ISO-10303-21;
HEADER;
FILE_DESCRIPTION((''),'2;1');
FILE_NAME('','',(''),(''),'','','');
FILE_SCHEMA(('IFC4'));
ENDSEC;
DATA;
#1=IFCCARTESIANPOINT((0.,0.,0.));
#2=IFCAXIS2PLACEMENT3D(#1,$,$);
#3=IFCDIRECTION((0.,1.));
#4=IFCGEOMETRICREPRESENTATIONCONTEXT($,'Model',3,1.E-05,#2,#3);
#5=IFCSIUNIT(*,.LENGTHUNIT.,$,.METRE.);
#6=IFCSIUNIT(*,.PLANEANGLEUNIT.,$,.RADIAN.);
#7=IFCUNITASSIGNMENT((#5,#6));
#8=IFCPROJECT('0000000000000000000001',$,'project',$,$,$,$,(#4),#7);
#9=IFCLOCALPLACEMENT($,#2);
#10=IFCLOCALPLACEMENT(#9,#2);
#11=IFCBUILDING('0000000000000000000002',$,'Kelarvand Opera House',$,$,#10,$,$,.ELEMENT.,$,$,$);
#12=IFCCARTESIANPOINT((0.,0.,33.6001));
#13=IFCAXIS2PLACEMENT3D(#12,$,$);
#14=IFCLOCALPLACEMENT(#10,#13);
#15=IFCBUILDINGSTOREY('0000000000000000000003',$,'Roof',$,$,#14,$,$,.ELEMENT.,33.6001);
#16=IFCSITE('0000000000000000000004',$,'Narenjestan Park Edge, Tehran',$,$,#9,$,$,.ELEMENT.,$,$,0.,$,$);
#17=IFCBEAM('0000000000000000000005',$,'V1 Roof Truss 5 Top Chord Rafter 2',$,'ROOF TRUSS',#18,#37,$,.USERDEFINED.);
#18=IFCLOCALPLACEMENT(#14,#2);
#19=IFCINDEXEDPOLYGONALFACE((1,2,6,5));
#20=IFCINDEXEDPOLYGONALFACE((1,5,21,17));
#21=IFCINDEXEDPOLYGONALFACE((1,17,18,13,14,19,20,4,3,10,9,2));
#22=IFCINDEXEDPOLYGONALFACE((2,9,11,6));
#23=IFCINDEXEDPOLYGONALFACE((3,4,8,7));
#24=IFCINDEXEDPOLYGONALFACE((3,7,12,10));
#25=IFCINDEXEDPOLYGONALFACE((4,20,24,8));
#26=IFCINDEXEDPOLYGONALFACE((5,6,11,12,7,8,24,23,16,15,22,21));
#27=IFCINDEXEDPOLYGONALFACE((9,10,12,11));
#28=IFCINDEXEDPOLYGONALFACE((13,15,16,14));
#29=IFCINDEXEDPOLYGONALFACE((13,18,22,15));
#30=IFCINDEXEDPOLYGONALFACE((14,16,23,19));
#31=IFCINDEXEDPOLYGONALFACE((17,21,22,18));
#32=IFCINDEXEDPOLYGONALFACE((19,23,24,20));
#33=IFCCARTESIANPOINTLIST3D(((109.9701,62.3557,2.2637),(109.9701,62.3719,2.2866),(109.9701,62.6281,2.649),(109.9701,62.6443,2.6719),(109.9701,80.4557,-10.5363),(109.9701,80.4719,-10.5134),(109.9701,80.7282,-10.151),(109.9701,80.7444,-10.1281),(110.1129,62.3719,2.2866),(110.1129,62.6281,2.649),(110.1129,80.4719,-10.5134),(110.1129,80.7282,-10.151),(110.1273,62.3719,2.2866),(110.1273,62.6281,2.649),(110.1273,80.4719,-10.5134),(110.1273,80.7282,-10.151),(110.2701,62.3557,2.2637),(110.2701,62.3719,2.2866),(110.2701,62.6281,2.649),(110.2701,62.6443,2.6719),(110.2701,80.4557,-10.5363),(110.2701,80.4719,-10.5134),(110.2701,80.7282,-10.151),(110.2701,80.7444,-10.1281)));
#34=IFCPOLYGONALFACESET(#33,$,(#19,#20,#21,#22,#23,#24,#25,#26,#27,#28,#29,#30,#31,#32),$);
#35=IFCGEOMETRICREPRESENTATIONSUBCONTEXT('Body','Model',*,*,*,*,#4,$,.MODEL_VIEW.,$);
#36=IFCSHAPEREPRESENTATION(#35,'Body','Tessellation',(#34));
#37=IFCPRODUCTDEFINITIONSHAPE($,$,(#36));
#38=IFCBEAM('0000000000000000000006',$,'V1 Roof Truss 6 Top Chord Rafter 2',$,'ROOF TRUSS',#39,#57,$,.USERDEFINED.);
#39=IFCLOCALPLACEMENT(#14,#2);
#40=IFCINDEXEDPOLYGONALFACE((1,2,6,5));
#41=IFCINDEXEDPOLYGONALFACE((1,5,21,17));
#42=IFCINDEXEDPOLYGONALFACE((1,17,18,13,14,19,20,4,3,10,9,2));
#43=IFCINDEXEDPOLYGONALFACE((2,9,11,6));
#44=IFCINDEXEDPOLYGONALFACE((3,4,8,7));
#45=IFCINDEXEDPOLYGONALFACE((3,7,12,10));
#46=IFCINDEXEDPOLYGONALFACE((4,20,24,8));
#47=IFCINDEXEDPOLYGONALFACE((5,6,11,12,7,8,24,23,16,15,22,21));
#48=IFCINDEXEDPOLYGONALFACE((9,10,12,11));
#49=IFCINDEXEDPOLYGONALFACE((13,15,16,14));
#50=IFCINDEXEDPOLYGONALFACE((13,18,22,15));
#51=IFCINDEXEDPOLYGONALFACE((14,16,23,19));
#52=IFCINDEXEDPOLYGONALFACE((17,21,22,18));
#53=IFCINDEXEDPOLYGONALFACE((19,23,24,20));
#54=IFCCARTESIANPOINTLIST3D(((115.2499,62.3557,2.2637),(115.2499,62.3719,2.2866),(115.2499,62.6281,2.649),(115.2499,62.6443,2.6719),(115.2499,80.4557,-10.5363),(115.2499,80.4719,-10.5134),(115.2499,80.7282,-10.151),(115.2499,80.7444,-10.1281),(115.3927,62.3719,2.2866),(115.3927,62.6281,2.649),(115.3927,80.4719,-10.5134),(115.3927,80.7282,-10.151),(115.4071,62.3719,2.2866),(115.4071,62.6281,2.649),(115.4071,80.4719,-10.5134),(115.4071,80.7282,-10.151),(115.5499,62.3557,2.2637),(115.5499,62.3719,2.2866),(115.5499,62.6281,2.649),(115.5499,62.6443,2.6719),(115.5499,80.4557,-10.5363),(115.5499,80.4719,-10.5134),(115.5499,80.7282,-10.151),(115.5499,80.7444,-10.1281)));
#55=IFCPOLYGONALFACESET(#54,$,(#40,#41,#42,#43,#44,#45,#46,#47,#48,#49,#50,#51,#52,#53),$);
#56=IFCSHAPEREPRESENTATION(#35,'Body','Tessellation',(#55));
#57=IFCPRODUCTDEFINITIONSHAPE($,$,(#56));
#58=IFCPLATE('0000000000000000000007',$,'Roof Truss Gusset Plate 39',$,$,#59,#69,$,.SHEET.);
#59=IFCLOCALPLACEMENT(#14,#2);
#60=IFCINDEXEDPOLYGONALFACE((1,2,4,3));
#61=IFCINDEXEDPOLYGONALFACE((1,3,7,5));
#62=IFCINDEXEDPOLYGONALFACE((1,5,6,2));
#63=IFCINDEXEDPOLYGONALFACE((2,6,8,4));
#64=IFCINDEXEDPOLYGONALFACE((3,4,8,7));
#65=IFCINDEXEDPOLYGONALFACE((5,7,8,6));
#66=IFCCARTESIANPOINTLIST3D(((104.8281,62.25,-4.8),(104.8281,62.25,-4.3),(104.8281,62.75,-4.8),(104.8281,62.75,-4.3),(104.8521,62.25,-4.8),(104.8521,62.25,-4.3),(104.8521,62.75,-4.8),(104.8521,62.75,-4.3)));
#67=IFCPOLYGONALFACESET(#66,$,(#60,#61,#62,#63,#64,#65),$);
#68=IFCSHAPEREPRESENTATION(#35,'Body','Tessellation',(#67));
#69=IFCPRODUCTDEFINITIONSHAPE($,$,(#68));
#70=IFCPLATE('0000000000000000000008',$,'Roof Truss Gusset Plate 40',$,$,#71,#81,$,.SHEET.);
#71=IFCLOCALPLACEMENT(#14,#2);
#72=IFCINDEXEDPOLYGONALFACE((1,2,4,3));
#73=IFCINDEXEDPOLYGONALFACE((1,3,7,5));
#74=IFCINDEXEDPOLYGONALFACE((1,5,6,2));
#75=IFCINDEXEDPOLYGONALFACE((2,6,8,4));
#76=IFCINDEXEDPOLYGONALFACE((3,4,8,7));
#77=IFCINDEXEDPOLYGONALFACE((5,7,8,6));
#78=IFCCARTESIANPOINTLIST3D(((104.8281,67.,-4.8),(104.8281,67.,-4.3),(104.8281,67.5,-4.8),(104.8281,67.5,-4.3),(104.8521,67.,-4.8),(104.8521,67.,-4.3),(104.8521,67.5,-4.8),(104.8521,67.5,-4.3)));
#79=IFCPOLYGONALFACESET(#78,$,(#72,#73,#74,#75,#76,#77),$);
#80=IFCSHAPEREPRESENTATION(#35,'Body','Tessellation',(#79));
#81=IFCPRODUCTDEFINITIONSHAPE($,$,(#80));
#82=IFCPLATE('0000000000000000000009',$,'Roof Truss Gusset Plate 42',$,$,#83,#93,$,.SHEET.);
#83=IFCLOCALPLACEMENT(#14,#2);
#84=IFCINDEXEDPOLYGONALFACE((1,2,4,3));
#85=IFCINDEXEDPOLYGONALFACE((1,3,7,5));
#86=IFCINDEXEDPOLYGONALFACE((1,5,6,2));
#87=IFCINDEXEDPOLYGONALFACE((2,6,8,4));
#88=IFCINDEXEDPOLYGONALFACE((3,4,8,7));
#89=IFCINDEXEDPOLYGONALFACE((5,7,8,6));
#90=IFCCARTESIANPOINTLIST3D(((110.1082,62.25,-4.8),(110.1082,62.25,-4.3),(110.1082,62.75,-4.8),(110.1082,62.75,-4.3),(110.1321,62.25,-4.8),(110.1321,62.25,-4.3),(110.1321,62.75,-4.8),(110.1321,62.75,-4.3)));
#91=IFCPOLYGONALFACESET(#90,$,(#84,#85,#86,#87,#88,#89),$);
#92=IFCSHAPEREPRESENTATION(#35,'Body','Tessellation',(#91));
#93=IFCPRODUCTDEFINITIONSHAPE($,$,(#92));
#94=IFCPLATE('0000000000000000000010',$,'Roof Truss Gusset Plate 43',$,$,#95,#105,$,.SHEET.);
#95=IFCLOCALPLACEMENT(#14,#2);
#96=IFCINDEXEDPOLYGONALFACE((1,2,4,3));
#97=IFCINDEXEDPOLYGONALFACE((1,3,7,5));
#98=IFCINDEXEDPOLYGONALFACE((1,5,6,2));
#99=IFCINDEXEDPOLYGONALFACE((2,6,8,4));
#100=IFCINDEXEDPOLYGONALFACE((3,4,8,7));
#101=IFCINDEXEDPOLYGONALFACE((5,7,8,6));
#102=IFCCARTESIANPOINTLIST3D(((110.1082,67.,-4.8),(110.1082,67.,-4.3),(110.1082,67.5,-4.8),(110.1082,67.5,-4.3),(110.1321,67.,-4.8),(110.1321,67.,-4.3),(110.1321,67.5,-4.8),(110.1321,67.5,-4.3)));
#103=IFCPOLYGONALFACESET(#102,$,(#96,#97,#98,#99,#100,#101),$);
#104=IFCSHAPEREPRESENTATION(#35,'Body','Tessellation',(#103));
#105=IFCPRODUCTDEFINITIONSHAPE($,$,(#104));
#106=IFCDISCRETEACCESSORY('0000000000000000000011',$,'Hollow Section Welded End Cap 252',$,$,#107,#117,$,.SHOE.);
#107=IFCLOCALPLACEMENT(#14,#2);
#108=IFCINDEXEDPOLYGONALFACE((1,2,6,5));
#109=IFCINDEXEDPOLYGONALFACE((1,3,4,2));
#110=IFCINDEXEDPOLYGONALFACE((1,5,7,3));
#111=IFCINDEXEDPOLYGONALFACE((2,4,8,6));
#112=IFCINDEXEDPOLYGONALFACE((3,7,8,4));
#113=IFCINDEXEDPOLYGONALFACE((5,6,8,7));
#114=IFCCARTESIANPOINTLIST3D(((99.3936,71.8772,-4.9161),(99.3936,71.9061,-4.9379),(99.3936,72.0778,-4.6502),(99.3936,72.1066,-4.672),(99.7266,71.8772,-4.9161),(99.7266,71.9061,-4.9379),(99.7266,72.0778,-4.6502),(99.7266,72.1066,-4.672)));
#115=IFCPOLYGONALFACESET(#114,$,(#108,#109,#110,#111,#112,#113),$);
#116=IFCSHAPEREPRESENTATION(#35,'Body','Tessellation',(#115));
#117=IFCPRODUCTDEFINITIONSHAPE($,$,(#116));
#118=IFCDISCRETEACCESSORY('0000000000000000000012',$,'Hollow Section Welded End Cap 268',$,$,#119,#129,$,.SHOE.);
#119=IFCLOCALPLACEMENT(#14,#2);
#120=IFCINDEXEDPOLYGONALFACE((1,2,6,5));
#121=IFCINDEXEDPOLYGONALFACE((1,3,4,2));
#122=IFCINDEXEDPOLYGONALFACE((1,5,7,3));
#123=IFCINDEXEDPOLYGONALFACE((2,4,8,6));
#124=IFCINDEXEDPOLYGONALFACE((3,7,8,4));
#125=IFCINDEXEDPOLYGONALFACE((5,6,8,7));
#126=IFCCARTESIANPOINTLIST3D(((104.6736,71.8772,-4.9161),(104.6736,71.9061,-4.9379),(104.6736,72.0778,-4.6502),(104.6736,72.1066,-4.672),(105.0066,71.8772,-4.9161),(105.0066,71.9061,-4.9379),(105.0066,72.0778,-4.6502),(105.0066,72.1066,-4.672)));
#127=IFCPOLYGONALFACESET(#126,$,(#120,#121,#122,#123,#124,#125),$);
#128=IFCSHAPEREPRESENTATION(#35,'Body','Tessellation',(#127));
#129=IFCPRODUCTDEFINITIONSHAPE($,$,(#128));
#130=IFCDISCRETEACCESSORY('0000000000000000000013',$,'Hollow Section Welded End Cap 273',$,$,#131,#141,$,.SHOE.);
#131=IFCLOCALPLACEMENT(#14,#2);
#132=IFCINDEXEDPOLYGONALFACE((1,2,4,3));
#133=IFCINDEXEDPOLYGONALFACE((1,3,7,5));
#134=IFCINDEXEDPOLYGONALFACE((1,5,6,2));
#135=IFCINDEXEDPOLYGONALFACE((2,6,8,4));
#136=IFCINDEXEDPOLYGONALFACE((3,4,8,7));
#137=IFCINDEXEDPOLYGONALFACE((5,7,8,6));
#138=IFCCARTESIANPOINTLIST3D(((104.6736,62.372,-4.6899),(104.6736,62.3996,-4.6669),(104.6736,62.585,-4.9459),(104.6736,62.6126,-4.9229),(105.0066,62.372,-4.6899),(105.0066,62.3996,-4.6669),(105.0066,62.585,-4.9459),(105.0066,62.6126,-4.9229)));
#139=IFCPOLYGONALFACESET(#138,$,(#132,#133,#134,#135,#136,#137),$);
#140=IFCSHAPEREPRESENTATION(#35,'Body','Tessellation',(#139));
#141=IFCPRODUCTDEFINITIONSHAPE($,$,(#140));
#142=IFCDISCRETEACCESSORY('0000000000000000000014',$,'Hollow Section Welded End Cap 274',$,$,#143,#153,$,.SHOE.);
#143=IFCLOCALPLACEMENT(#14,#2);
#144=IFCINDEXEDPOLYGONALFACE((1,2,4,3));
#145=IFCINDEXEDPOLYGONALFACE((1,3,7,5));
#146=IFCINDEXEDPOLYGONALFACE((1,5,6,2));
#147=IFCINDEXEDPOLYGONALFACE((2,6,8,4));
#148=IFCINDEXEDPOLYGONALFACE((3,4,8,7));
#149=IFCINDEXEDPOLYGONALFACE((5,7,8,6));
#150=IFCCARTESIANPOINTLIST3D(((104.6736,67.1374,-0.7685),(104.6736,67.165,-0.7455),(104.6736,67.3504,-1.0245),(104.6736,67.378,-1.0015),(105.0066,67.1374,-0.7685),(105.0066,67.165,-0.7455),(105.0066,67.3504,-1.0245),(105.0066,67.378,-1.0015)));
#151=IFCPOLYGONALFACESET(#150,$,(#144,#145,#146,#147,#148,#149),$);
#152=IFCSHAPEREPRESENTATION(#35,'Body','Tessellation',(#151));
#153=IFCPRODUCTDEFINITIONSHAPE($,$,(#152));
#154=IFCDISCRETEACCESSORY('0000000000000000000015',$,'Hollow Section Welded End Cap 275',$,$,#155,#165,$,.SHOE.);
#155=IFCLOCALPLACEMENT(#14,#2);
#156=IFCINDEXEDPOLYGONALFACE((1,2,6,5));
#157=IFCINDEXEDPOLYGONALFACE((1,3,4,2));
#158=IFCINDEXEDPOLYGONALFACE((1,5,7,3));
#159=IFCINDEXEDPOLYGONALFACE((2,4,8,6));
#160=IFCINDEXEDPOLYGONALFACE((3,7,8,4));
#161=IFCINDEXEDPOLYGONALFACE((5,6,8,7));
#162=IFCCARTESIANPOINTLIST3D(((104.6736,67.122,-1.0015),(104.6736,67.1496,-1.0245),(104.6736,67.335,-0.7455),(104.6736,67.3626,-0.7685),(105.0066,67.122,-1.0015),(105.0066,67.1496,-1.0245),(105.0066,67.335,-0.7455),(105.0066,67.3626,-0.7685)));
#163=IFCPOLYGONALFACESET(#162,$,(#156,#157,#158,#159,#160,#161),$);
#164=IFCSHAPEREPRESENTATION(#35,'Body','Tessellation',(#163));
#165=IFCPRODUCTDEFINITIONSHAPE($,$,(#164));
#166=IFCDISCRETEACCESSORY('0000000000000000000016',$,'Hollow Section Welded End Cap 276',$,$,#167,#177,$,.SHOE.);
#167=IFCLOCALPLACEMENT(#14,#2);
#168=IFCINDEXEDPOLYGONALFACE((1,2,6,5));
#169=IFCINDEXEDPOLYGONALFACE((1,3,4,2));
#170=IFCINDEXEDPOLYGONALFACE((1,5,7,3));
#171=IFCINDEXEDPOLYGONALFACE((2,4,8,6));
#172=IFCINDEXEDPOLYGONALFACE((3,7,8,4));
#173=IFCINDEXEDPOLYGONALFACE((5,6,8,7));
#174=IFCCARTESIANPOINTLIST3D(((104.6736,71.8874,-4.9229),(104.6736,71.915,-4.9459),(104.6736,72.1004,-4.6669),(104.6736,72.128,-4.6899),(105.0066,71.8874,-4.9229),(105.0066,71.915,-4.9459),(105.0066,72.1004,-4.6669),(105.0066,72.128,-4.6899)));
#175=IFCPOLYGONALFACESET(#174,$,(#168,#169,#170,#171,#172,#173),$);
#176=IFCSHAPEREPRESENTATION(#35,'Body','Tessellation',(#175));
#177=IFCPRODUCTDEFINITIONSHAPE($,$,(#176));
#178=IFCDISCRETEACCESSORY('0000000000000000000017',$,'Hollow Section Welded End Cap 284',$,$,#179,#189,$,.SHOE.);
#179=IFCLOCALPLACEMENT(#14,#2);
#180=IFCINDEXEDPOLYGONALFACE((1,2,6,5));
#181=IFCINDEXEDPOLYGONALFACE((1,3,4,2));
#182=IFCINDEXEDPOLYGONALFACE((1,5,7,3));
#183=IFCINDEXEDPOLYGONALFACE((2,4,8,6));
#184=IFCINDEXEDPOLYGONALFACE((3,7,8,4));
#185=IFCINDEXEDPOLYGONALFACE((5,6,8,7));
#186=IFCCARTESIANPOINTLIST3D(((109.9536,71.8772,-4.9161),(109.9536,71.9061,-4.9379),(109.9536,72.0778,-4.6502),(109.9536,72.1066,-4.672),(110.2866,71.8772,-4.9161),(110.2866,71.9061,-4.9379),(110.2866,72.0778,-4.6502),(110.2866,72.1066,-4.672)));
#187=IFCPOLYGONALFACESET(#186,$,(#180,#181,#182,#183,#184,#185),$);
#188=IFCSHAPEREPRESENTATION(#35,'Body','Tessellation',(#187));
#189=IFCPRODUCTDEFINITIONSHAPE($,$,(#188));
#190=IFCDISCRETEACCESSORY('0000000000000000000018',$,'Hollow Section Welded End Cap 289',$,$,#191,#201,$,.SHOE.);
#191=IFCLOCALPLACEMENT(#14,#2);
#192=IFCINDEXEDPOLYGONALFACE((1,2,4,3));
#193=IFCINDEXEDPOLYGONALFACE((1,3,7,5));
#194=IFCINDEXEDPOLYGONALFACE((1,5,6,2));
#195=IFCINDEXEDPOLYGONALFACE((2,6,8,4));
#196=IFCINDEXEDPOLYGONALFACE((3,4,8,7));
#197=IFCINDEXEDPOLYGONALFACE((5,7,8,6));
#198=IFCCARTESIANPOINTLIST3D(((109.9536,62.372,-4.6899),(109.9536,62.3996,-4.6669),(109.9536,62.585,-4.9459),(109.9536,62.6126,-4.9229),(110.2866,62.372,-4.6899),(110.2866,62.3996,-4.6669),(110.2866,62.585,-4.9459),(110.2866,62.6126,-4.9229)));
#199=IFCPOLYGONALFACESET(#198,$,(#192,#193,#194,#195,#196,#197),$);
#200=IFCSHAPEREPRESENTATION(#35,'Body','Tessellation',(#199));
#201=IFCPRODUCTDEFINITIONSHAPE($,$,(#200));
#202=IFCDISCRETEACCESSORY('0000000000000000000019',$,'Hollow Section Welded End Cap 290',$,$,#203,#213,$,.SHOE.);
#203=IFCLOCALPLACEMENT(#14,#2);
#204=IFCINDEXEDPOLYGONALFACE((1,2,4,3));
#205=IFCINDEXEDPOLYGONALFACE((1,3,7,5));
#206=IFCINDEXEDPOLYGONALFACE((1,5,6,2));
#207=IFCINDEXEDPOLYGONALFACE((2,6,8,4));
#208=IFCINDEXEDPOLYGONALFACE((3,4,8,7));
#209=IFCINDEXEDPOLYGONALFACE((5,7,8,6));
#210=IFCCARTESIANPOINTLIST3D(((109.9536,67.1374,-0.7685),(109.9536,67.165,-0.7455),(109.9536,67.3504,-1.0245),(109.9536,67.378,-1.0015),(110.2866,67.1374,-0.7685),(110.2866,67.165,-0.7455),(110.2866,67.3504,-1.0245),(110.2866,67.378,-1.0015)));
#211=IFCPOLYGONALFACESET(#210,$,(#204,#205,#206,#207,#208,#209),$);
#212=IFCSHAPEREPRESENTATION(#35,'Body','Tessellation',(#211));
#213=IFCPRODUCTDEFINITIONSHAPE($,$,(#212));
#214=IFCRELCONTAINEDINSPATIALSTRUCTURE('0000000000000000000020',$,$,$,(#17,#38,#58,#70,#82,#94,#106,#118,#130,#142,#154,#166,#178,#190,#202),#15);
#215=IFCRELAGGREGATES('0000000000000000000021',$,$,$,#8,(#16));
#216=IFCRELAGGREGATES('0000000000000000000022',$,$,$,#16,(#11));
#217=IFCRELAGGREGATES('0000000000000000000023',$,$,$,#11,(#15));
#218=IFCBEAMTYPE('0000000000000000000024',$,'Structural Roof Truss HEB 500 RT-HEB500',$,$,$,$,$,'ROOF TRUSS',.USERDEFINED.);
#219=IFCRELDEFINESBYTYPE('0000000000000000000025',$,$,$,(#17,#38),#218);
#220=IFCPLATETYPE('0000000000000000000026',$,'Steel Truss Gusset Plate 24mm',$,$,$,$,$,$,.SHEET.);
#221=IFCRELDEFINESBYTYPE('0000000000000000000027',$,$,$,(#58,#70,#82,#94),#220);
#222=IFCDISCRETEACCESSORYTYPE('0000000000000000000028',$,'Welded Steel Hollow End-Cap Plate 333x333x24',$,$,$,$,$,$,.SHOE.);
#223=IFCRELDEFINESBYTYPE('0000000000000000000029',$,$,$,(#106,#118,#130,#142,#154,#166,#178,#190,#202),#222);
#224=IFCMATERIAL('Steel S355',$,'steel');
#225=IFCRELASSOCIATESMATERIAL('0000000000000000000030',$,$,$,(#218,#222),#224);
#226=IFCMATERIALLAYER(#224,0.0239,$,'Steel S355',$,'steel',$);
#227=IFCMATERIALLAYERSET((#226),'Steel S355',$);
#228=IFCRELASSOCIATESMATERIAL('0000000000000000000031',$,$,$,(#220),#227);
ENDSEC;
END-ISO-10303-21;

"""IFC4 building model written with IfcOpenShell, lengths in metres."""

from ifc_helpers import new_model, si_unit, direction, frame, origin, origin_2d, place, context, subcontext, project, spatial, rectangle, i_section, extrude, material, layer, layer_set, material_profile, profile_set, type_object, element, save


model = new_model("IFC4")

# Units and contexts
model_context = context("Model", 3, precision=1e-05, world=origin(), true_north=direction((0.0, 1.0)))
body_context = subcontext(model_context, "Body", "Model", "MODEL_VIEW")
ifc_project = project(units=[si_unit("LENGTHUNIT", "METRE"), si_unit("PLANEANGLEUNIT", "RADIAN")], contexts=[model_context])

# Site, building, storey
site_placement = place(None, origin())
site = spatial("IfcSite", under=ifc_project, at=site_placement, Name="Narenjestan Park Edge, Tehran", CompositionType="ELEMENT", RefElevation=0.0)
building_placement = place(site_placement, origin())
building = spatial("IfcBuilding", under=site, at=building_placement, Name="Kelarvand Opera House", CompositionType="ELEMENT")
storey_placement = place(building_placement, frame((0.0, 0.0, 33.6001)))
storey = spatial("IfcBuildingStorey", under=building, at=storey_placement, Name="Roof", CompositionType="ELEMENT", Elevation=33.6001)

# Shared definitions
ifc_material = material(Name="Steel S355", Category="steel")

# Beams
ifc_material_profile_1 = material_profile(ifc_material, i_section(OverallWidth=0.3, OverallDepth=0.5, WebThickness=0.0144, FlangeThickness=0.0281, at=origin_2d()), Name="HEB 500", Category="steel")
ifc_profile_set_1 = profile_set([ifc_material_profile_1], Name="Steel S355")
beam_type = type_object("IfcBeamType", Name="Structural Roof Truss HEB 500 RT-HEB500", ElementType="ROOF TRUSS", PredefinedType="USERDEFINED", material=ifc_profile_set_1)
for number, where, z_axis, x_axis, name in (
    (1, (110.1201, 62.5, 2.4678), (0.0, 0.816468, -0.577391), (-1.0, 0.0, 0.0), "V1 Roof Truss 5 Top Chord Rafter 2"),
    (2, (115.3999, 62.5, 2.4678), (0.0, 0.816468, -0.577391), (-1.0, 0.0, 0.0), "V1 Roof Truss 6 Top Chord Rafter 2"),
):
    element("IfcBeam", number, at=place(storey_placement, frame(where, z_axis=z_axis, x_axis=x_axis)), inside=storey, type_object=beam_type, Name=name, ObjectType="ROOF TRUSS", PredefinedType="USERDEFINED", context=body_context, shape_type="SweptSolid", body=[
        extrude(i_section(OverallWidth=0.3, OverallDepth=0.5, WebThickness=0.0144, FlangeThickness=0.0281, at=origin_2d()), origin(), (0.0, 0.0, 1.0), 22.1687),
    ])

# Plates
ifc_layer = layer(ifc_material, 0.0239, Name="Steel S355", Category="steel")
ifc_layer_set = layer_set([ifc_layer], Name="Steel S355")
plate_type = type_object("IfcPlateType", Name="Steel Truss Gusset Plate 24mm", PredefinedType="SHEET", material=ifc_layer_set)
for number, where, z_axis, x_axis, name in (
    (3, (104.8401, 62.5, -4.8), (0.0, 0.0, 1.0), (1.0, 0.0, 0.0), "Roof Truss Gusset Plate 39"),
    (4, (104.8401, 67.25, -4.8), (0.0, 0.0, 1.0), (1.0, 0.0, 0.0), "Roof Truss Gusset Plate 40"),
    (5, (110.1201, 62.5, -4.8), (0.0, 0.0, 1.0), (1.0, 0.0, 0.0), "Roof Truss Gusset Plate 42"),
    (6, (110.1201, 67.25, -4.8), (0.0, 0.0, 1.0), (1.0, 0.0, 0.0), "Roof Truss Gusset Plate 43"),
):
    element("IfcPlate", number, at=place(storey_placement, frame(where, z_axis=z_axis, x_axis=x_axis)), inside=storey, type_object=plate_type, Name=name, PredefinedType="SHEET", context=body_context, shape_type="SweptSolid", body=[
        extrude(rectangle(XDim=0.0239, YDim=0.5, at=origin_2d()), origin(), (0.0, 0.0, 1.0), 0.5),
    ])

# Discrete accessories
ifc_material_profile_2 = material_profile(ifc_material, rectangle(XDim=0.333, YDim=0.333, at=origin_2d()), Name="Welded Steel Hollow End-Cap Plate 333x333x24", Category="steel")
ifc_profile_set_2 = profile_set([ifc_material_profile_2], Name="Steel S355")
discrete_accessory_type = type_object("IfcDiscreteAccessoryType", Name="Welded Steel Hollow End-Cap Plate 333x333x24", PredefinedType="SHOE", material=ifc_profile_set_2)
for number, where, z_axis, x_axis, name in (
    (7, (99.5601, 72.0063, -4.8049), (0.0, -0.798373, 0.602163), (1.0, 0.0, 0.0), "Hollow Section Welded End Cap 252"),
    (8, (104.8401, 72.0063, -4.8049), (0.0, -0.798373, 0.602163), (1.0, 0.0, 0.0), "Hollow Section Welded End Cap 268"),
):
    element("IfcDiscreteAccessory", number, at=place(storey_placement, frame(where, z_axis=z_axis, x_axis=x_axis)), inside=storey, type_object=discrete_accessory_type, Name=name, PredefinedType="SHOE", context=body_context, shape_type="SweptSolid", body=[
        extrude(rectangle(XDim=0.333, YDim=0.333, at=origin_2d()), origin(), (0.0, 0.0, 1.0), 0.0361),
    ])
for number, where, z_axis, x_axis, name in (
    (9, (104.8401, 62.5061, -4.7949), (0.0, -0.768779, -0.639515), (1.0, 0.0, 0.0), "Hollow Section Welded End Cap 273"),
    (10, (104.8401, 67.2439, -0.8965), (0.0, 0.768779, 0.639515), (-1.0, 0.0, 0.0), "Hollow Section Welded End Cap 274"),
    (11, (104.8401, 67.2561, -0.8965), (0.0, -0.768779, 0.639515), (1.0, 0.0, 0.0), "Hollow Section Welded End Cap 275"),
    (12, (104.8401, 71.9939, -4.7949), (0.0, 0.768779, -0.639515), (-1.0, 0.0, 0.0), "Hollow Section Welded End Cap 276"),
):
    element("IfcDiscreteAccessory", number, at=place(storey_placement, frame(where, z_axis=z_axis, x_axis=x_axis)), inside=storey, type_object=discrete_accessory_type, Name=name, PredefinedType="SHOE", context=body_context, shape_type="SweptSolid", body=[
        extrude(rectangle(XDim=0.333, YDim=0.333, at=origin_2d()), origin(), (0.0, 0.0, 1.0), 0.0359),
    ])
discrete_accessory_placement = place(storey_placement, frame((110.1201, 72.0063, -4.8049), z_axis=(0.0, -0.798373, 0.602163), x_axis=(1.0, 0.0, 0.0)))
element("IfcDiscreteAccessory", 13, at=discrete_accessory_placement, inside=storey, type_object=discrete_accessory_type, Name="Hollow Section Welded End Cap 284", PredefinedType="SHOE", context=body_context, shape_type="SweptSolid", body=[
    extrude(rectangle(XDim=0.333, YDim=0.333, at=origin_2d()), origin(), (0.0, 0.0, 1.0), 0.0361),
])
for number, where, z_axis, x_axis, name in (
    (14, (110.1201, 62.5061, -4.7949), (0.0, -0.768779, -0.639515), (1.0, 0.0, 0.0), "Hollow Section Welded End Cap 289"),
    (15, (110.1201, 67.2439, -0.8965), (0.0, 0.768779, 0.639515), (-1.0, 0.0, 0.0), "Hollow Section Welded End Cap 290"),
):
    element("IfcDiscreteAccessory", number, at=place(storey_placement, frame(where, z_axis=z_axis, x_axis=x_axis)), inside=storey, type_object=discrete_accessory_type, Name=name, PredefinedType="SHOE", context=body_context, shape_type="SweptSolid", body=[
        extrude(rectangle(XDim=0.333, YDim=0.333, at=origin_2d()), origin(), (0.0, 0.0, 1.0), 0.0359),
    ])

save(model, "model.ifc")
